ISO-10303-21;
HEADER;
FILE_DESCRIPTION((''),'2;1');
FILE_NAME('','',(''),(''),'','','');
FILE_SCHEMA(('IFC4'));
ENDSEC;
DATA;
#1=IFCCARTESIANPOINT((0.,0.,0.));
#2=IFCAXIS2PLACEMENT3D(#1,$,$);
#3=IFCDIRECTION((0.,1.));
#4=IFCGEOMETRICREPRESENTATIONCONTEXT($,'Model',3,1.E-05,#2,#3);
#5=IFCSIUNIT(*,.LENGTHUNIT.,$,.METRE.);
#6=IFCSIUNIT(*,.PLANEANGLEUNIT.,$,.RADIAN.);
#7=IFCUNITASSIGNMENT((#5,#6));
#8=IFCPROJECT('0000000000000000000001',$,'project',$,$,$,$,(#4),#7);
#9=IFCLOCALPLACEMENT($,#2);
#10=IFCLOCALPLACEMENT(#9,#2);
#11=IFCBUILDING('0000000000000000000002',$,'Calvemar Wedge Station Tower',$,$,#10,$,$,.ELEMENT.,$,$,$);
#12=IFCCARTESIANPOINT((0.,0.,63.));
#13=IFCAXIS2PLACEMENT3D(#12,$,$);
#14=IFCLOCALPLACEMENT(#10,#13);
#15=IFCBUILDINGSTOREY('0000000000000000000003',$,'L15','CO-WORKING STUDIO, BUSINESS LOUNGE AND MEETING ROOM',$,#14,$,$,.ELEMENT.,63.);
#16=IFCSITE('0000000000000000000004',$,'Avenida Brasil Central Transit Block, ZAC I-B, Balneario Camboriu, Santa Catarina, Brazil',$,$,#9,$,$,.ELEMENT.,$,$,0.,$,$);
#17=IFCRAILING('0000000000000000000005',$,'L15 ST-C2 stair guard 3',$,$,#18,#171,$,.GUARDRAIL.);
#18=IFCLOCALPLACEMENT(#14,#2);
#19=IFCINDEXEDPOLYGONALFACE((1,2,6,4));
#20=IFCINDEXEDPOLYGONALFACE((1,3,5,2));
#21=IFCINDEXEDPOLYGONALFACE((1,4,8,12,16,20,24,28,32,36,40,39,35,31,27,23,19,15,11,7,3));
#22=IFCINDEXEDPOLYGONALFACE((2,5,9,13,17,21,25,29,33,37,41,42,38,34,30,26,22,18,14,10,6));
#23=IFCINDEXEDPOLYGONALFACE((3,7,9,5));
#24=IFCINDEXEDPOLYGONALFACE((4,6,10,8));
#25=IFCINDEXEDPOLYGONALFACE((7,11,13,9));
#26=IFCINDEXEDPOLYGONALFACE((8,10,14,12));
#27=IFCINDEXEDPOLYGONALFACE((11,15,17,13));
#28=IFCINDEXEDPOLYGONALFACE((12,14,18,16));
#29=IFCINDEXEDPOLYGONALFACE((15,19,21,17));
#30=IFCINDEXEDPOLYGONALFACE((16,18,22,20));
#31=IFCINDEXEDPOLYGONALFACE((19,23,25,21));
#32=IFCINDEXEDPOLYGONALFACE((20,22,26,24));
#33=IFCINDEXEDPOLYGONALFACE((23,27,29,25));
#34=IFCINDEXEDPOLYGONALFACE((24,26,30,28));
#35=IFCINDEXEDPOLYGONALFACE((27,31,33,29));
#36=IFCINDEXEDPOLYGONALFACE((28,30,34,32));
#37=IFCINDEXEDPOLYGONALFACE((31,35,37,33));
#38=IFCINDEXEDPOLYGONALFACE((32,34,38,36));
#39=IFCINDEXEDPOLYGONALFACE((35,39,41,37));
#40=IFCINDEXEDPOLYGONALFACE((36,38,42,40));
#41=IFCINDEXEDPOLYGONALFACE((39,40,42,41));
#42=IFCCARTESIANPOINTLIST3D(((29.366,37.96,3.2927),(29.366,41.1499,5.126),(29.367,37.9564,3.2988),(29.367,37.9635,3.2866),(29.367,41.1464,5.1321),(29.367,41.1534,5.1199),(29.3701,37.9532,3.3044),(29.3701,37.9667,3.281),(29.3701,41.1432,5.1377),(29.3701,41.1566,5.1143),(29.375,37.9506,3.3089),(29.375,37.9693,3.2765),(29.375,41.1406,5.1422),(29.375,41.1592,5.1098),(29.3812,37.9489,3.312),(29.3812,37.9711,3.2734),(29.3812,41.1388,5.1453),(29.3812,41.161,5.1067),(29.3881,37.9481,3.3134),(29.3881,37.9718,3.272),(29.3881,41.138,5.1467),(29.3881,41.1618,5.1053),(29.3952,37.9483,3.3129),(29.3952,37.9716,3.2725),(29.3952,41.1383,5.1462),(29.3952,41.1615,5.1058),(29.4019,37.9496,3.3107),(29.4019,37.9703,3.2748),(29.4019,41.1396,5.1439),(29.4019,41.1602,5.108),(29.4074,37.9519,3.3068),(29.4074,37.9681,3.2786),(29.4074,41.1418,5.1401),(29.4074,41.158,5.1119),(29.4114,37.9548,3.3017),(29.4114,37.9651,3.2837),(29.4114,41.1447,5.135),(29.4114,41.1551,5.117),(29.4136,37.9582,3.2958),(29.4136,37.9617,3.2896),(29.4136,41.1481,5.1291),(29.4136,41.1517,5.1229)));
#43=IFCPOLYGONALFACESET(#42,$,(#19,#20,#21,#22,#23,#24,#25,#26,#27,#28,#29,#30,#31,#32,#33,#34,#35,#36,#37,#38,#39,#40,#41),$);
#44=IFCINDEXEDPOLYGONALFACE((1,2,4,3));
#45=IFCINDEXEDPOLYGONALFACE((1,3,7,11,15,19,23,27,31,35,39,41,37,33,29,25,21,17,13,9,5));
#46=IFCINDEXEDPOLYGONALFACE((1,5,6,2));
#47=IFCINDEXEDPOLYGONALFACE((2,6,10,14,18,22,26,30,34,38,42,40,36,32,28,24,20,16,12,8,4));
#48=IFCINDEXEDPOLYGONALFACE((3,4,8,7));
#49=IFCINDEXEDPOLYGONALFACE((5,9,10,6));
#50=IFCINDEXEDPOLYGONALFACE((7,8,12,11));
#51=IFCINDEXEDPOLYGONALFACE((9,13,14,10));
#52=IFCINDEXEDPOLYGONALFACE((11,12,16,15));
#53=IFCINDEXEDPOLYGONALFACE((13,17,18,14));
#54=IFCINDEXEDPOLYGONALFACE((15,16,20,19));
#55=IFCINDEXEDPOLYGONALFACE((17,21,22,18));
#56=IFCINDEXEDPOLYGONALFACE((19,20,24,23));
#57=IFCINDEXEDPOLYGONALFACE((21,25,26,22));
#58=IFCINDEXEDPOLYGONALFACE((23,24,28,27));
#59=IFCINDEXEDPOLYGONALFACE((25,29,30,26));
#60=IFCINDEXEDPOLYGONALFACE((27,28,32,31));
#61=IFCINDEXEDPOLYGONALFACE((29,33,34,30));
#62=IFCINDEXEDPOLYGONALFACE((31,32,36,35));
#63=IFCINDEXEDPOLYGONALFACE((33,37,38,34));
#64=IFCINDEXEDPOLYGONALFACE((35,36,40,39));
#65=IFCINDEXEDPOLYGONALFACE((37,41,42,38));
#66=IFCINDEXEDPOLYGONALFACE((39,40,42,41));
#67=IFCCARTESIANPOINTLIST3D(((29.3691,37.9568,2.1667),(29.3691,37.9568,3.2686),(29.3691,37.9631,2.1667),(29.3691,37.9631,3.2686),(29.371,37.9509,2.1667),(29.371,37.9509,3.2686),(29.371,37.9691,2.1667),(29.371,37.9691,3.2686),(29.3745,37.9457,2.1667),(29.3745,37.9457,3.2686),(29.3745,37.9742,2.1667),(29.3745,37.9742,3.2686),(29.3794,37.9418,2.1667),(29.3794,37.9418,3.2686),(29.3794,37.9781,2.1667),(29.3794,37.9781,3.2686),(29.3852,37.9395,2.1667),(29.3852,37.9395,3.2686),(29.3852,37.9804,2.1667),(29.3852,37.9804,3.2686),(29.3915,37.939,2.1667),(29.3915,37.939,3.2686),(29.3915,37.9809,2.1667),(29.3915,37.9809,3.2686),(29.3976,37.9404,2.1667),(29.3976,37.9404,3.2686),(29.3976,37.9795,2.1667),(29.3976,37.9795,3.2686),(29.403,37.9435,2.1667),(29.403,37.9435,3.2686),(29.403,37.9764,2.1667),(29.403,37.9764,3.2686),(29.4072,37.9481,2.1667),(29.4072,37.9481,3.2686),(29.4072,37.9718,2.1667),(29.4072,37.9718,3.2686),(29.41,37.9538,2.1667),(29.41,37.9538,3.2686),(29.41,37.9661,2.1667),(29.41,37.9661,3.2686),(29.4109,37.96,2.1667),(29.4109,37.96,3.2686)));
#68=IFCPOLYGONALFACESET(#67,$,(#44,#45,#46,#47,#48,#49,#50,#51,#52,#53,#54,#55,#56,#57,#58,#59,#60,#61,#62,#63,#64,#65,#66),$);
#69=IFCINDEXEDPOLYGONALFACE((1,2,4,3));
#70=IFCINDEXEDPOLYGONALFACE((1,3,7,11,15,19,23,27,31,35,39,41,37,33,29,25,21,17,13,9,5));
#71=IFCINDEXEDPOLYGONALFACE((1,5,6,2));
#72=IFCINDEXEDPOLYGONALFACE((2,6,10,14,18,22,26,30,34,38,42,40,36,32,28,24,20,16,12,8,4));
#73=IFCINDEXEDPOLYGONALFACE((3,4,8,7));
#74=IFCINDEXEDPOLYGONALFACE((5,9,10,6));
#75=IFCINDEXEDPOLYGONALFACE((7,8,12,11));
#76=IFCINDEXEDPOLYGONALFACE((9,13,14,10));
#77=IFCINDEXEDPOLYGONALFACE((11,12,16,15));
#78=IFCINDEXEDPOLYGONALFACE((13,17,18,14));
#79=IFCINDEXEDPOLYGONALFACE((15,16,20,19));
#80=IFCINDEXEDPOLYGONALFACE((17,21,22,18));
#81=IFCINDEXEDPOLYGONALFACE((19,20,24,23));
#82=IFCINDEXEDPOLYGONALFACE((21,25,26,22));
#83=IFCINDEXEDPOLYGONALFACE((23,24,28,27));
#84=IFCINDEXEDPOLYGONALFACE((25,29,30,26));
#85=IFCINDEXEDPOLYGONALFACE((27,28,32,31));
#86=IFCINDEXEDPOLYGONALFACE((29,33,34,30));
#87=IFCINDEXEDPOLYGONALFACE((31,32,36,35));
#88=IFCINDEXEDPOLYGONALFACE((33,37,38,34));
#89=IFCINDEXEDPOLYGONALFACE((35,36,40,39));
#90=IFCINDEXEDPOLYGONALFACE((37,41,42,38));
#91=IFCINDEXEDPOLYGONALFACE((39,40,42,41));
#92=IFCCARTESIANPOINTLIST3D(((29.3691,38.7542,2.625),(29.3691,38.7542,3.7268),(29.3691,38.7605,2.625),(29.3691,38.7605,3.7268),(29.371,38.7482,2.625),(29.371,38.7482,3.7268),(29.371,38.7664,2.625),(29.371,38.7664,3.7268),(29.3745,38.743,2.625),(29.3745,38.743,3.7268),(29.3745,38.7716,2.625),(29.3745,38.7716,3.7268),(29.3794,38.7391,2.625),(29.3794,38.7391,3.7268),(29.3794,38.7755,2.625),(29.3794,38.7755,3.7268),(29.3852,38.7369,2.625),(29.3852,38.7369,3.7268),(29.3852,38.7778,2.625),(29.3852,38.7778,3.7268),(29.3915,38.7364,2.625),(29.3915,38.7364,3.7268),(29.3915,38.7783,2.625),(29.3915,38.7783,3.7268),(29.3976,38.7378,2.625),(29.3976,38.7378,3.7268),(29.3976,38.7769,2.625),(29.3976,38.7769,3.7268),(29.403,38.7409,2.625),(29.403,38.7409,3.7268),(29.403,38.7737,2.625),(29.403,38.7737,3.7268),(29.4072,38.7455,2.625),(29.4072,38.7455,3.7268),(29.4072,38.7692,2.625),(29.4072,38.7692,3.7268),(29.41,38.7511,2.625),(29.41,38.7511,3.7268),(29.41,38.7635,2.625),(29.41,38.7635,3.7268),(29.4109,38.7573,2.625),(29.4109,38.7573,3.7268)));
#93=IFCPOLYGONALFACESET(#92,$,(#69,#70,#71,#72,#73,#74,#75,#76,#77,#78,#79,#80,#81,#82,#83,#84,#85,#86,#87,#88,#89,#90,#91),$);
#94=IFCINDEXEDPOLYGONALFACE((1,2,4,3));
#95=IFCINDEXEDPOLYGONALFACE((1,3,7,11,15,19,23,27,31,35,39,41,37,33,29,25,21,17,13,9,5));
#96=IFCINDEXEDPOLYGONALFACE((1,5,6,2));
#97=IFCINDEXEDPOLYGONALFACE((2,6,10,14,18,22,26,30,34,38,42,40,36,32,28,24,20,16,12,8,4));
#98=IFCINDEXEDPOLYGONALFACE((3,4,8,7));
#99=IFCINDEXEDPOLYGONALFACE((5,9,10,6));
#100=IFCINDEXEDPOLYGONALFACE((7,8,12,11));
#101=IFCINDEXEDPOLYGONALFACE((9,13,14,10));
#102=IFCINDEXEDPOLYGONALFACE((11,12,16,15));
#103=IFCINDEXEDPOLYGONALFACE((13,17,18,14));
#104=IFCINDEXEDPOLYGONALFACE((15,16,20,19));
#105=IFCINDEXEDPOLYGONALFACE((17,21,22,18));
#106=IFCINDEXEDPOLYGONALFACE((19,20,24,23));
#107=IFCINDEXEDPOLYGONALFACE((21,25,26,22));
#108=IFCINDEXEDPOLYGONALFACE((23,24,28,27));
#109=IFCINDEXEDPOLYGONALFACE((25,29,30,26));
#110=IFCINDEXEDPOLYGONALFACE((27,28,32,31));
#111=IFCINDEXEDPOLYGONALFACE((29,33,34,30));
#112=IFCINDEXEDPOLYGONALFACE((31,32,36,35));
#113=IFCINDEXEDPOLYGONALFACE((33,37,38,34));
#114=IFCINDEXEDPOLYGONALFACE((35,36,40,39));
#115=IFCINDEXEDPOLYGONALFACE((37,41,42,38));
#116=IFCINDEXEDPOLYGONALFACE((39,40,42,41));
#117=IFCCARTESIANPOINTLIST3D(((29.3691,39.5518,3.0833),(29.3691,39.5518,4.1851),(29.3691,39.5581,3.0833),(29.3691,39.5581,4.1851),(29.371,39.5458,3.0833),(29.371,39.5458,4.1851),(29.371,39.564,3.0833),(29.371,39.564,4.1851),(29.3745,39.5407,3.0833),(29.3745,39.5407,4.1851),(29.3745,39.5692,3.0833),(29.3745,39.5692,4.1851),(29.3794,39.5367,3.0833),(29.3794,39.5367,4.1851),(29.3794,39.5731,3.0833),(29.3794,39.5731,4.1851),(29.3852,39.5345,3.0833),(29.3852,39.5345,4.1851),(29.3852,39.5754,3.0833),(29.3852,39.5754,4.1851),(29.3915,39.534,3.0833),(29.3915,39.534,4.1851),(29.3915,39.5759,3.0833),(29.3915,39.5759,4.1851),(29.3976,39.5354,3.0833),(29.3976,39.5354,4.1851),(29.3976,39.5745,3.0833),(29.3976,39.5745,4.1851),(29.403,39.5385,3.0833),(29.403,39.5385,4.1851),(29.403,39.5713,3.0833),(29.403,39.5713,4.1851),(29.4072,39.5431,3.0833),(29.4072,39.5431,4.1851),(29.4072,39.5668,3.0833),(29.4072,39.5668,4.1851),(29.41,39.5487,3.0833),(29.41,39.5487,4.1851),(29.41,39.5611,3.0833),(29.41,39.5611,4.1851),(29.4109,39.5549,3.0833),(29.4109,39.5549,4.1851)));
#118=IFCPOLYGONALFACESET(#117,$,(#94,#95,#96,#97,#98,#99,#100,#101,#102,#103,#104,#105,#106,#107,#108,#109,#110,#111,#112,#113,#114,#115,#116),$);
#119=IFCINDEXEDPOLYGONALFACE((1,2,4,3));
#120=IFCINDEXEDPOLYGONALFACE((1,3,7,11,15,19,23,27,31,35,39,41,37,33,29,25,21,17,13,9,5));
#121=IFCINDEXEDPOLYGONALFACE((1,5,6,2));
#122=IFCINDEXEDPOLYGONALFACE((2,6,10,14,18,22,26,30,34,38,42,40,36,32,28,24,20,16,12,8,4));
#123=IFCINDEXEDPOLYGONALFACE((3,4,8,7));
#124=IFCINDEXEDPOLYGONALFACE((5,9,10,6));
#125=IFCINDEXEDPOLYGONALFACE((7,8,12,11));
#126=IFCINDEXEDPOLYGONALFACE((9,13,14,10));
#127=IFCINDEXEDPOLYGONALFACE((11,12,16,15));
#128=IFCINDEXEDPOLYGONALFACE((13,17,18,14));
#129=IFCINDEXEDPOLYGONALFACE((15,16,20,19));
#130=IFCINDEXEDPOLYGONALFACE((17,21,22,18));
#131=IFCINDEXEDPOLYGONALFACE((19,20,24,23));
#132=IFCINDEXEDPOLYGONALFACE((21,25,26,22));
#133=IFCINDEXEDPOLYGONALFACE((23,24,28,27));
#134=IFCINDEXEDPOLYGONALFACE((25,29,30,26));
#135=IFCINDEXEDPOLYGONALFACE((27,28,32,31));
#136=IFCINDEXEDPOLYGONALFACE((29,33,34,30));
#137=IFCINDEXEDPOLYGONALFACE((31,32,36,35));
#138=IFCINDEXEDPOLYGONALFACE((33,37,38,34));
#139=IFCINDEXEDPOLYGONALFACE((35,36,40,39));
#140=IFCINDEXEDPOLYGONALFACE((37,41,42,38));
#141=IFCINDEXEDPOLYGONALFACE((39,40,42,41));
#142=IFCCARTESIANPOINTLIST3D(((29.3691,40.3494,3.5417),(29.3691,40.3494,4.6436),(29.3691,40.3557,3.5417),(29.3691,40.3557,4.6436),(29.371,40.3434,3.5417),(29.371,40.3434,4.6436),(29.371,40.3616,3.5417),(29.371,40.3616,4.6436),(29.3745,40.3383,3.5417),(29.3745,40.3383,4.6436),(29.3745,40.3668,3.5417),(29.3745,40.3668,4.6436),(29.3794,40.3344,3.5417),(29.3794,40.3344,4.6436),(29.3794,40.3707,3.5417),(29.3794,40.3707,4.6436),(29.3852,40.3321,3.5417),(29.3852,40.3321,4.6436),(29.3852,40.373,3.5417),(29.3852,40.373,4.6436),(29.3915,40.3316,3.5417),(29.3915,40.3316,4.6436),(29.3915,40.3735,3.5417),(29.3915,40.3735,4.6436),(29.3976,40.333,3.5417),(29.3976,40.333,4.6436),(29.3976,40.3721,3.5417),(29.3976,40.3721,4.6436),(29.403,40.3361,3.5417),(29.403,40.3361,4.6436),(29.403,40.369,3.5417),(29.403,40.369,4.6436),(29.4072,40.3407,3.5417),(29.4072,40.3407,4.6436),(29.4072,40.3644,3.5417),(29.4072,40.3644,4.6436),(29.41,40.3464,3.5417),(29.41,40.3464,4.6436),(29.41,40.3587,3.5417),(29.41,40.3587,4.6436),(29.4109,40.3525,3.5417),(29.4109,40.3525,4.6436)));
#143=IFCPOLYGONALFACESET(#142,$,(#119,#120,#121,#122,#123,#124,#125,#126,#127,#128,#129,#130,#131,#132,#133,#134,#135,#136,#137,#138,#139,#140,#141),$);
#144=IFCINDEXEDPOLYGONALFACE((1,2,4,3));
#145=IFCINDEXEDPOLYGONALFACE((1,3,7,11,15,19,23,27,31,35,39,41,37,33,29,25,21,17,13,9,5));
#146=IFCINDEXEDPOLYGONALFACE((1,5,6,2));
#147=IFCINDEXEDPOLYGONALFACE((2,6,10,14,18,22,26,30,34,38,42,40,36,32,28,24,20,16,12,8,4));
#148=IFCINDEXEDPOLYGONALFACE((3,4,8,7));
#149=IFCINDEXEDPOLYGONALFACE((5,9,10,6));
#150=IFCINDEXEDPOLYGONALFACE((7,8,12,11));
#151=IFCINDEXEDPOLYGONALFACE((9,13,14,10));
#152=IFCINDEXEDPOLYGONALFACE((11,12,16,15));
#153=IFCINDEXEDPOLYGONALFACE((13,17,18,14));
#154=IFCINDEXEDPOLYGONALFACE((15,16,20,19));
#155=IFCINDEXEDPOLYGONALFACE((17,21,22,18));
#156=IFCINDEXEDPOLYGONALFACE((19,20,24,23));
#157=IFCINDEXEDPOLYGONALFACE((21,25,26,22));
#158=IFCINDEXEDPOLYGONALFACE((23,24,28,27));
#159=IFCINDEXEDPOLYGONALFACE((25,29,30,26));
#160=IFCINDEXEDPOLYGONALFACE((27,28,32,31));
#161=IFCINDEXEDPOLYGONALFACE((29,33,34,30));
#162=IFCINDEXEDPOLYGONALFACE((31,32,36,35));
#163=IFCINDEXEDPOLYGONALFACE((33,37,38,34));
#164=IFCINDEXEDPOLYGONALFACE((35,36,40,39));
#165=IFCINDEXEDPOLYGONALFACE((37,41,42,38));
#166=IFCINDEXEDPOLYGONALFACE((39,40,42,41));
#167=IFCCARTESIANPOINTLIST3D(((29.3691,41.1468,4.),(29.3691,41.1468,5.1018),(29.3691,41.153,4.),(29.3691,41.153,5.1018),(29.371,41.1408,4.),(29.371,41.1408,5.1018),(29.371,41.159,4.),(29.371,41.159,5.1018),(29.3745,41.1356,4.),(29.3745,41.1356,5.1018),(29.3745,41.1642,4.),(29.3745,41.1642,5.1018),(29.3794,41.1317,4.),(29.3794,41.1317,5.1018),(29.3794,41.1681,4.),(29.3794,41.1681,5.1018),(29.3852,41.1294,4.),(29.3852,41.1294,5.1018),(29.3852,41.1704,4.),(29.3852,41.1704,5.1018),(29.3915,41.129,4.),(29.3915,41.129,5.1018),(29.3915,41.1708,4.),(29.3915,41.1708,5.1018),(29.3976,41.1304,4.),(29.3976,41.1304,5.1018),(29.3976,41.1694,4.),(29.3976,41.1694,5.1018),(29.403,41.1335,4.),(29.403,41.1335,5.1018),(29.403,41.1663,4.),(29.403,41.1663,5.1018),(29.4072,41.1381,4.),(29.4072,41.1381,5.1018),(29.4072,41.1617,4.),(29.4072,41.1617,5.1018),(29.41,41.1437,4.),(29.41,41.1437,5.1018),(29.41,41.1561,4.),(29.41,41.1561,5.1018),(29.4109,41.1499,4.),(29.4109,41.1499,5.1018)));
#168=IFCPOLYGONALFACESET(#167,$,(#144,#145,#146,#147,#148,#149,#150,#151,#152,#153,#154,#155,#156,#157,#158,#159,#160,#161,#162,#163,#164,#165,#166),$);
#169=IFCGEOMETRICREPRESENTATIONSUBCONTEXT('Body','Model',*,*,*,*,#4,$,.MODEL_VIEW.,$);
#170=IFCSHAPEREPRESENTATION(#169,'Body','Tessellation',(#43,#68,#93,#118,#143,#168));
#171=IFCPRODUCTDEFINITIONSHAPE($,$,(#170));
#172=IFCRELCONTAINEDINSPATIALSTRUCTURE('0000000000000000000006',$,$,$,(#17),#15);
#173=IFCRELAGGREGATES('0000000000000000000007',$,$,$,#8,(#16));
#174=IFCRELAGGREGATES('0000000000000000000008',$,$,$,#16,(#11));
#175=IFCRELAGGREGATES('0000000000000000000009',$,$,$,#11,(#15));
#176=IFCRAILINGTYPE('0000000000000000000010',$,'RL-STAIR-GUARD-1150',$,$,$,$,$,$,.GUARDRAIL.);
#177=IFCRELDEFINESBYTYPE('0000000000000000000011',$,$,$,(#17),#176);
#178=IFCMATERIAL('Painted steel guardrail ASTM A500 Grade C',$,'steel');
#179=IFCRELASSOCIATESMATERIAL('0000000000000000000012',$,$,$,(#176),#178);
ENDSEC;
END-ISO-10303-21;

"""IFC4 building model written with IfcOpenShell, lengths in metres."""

from ifc_helpers import new_model, si_unit, direction, frame, origin, origin_2d, place, context, subcontext, project, spatial, circle, extrude, material, type_object, element, save


model = new_model("IFC4")

# Units and contexts
model_context = context("Model", 3, precision=1e-05, world=origin(), true_north=direction((0.0, 1.0)))
body_context = subcontext(model_context, "Body", "Model", "MODEL_VIEW")
ifc_project = project(units=[si_unit("LENGTHUNIT", "METRE"), si_unit("PLANEANGLEUNIT", "RADIAN")], contexts=[model_context])

# Site, building, storey
site_placement = place(None, origin())
site = spatial("IfcSite", under=ifc_project, at=site_placement, Name="Avenida Brasil Central Transit Block, ZAC I-B, Balneario Camboriu, Santa Catarina, Brazil", CompositionType="ELEMENT", RefElevation=0.0)
building_placement = place(site_placement, origin())
building = spatial("IfcBuilding", under=site, at=building_placement, Name="Calvemar Wedge Station Tower", CompositionType="ELEMENT")
storey_placement = place(building_placement, frame((0.0, 0.0, 63.0)))
storey = spatial("IfcBuildingStorey", under=building, at=storey_placement, Name="L15", Description="CO-WORKING STUDIO, BUSINESS LOUNGE AND MEETING ROOM", CompositionType="ELEMENT", Elevation=63.0)

# Railing
ifc_material_1 = material(Name="Painted steel guardrail ASTM A500 Grade C", Category="steel")
railing_type_1 = type_object("IfcRailingType", Name="RL-STAIR-GUARD-1150", PredefinedType="GUARDRAIL", material=ifc_material_1)
railing_1_placement = place(storey_placement, frame((29.3899, 37.96, 2.1667)))
element("IfcRailing", 1, at=railing_1_placement, inside=storey, type_object=railing_type_1, Name="L15 ST-C2 stair guard 3", PredefinedType="GUARDRAIL", context=body_context, shape_type="SweptSolid", body=[
    extrude(circle(Radius=0.0239, at=origin_2d()), frame((0.0, 0.0, 1.126), z_axis=(0.0, 0.86702, 0.498274), x_axis=(-1.0, 0.0, 0.0)), (0.0, 0.0, 1.0), 3.6792),
    extrude(circle(Radius=0.021, at=origin_2d()), origin(), (0.0, 0.0, 1.0), 1.1018),
    extrude(circle(Radius=0.021, at=origin_2d()), frame((0.0, 0.7974, 0.4583)), (0.0, 0.0, 1.0), 1.1018),
    extrude(circle(Radius=0.021, at=origin_2d()), frame((0.0, 1.595, 0.9165)), (0.0, 0.0, 1.0), 1.1018),
    extrude(circle(Radius=0.021, at=origin_2d()), frame((0.0, 2.3926, 1.375)), (0.0, 0.0, 1.0), 1.1018),
    extrude(circle(Radius=0.021, at=origin_2d()), frame((0.0, 3.1899, 1.8333)), (0.0, 0.0, 1.0), 1.1018),
])

save(model, "model.ifc")
